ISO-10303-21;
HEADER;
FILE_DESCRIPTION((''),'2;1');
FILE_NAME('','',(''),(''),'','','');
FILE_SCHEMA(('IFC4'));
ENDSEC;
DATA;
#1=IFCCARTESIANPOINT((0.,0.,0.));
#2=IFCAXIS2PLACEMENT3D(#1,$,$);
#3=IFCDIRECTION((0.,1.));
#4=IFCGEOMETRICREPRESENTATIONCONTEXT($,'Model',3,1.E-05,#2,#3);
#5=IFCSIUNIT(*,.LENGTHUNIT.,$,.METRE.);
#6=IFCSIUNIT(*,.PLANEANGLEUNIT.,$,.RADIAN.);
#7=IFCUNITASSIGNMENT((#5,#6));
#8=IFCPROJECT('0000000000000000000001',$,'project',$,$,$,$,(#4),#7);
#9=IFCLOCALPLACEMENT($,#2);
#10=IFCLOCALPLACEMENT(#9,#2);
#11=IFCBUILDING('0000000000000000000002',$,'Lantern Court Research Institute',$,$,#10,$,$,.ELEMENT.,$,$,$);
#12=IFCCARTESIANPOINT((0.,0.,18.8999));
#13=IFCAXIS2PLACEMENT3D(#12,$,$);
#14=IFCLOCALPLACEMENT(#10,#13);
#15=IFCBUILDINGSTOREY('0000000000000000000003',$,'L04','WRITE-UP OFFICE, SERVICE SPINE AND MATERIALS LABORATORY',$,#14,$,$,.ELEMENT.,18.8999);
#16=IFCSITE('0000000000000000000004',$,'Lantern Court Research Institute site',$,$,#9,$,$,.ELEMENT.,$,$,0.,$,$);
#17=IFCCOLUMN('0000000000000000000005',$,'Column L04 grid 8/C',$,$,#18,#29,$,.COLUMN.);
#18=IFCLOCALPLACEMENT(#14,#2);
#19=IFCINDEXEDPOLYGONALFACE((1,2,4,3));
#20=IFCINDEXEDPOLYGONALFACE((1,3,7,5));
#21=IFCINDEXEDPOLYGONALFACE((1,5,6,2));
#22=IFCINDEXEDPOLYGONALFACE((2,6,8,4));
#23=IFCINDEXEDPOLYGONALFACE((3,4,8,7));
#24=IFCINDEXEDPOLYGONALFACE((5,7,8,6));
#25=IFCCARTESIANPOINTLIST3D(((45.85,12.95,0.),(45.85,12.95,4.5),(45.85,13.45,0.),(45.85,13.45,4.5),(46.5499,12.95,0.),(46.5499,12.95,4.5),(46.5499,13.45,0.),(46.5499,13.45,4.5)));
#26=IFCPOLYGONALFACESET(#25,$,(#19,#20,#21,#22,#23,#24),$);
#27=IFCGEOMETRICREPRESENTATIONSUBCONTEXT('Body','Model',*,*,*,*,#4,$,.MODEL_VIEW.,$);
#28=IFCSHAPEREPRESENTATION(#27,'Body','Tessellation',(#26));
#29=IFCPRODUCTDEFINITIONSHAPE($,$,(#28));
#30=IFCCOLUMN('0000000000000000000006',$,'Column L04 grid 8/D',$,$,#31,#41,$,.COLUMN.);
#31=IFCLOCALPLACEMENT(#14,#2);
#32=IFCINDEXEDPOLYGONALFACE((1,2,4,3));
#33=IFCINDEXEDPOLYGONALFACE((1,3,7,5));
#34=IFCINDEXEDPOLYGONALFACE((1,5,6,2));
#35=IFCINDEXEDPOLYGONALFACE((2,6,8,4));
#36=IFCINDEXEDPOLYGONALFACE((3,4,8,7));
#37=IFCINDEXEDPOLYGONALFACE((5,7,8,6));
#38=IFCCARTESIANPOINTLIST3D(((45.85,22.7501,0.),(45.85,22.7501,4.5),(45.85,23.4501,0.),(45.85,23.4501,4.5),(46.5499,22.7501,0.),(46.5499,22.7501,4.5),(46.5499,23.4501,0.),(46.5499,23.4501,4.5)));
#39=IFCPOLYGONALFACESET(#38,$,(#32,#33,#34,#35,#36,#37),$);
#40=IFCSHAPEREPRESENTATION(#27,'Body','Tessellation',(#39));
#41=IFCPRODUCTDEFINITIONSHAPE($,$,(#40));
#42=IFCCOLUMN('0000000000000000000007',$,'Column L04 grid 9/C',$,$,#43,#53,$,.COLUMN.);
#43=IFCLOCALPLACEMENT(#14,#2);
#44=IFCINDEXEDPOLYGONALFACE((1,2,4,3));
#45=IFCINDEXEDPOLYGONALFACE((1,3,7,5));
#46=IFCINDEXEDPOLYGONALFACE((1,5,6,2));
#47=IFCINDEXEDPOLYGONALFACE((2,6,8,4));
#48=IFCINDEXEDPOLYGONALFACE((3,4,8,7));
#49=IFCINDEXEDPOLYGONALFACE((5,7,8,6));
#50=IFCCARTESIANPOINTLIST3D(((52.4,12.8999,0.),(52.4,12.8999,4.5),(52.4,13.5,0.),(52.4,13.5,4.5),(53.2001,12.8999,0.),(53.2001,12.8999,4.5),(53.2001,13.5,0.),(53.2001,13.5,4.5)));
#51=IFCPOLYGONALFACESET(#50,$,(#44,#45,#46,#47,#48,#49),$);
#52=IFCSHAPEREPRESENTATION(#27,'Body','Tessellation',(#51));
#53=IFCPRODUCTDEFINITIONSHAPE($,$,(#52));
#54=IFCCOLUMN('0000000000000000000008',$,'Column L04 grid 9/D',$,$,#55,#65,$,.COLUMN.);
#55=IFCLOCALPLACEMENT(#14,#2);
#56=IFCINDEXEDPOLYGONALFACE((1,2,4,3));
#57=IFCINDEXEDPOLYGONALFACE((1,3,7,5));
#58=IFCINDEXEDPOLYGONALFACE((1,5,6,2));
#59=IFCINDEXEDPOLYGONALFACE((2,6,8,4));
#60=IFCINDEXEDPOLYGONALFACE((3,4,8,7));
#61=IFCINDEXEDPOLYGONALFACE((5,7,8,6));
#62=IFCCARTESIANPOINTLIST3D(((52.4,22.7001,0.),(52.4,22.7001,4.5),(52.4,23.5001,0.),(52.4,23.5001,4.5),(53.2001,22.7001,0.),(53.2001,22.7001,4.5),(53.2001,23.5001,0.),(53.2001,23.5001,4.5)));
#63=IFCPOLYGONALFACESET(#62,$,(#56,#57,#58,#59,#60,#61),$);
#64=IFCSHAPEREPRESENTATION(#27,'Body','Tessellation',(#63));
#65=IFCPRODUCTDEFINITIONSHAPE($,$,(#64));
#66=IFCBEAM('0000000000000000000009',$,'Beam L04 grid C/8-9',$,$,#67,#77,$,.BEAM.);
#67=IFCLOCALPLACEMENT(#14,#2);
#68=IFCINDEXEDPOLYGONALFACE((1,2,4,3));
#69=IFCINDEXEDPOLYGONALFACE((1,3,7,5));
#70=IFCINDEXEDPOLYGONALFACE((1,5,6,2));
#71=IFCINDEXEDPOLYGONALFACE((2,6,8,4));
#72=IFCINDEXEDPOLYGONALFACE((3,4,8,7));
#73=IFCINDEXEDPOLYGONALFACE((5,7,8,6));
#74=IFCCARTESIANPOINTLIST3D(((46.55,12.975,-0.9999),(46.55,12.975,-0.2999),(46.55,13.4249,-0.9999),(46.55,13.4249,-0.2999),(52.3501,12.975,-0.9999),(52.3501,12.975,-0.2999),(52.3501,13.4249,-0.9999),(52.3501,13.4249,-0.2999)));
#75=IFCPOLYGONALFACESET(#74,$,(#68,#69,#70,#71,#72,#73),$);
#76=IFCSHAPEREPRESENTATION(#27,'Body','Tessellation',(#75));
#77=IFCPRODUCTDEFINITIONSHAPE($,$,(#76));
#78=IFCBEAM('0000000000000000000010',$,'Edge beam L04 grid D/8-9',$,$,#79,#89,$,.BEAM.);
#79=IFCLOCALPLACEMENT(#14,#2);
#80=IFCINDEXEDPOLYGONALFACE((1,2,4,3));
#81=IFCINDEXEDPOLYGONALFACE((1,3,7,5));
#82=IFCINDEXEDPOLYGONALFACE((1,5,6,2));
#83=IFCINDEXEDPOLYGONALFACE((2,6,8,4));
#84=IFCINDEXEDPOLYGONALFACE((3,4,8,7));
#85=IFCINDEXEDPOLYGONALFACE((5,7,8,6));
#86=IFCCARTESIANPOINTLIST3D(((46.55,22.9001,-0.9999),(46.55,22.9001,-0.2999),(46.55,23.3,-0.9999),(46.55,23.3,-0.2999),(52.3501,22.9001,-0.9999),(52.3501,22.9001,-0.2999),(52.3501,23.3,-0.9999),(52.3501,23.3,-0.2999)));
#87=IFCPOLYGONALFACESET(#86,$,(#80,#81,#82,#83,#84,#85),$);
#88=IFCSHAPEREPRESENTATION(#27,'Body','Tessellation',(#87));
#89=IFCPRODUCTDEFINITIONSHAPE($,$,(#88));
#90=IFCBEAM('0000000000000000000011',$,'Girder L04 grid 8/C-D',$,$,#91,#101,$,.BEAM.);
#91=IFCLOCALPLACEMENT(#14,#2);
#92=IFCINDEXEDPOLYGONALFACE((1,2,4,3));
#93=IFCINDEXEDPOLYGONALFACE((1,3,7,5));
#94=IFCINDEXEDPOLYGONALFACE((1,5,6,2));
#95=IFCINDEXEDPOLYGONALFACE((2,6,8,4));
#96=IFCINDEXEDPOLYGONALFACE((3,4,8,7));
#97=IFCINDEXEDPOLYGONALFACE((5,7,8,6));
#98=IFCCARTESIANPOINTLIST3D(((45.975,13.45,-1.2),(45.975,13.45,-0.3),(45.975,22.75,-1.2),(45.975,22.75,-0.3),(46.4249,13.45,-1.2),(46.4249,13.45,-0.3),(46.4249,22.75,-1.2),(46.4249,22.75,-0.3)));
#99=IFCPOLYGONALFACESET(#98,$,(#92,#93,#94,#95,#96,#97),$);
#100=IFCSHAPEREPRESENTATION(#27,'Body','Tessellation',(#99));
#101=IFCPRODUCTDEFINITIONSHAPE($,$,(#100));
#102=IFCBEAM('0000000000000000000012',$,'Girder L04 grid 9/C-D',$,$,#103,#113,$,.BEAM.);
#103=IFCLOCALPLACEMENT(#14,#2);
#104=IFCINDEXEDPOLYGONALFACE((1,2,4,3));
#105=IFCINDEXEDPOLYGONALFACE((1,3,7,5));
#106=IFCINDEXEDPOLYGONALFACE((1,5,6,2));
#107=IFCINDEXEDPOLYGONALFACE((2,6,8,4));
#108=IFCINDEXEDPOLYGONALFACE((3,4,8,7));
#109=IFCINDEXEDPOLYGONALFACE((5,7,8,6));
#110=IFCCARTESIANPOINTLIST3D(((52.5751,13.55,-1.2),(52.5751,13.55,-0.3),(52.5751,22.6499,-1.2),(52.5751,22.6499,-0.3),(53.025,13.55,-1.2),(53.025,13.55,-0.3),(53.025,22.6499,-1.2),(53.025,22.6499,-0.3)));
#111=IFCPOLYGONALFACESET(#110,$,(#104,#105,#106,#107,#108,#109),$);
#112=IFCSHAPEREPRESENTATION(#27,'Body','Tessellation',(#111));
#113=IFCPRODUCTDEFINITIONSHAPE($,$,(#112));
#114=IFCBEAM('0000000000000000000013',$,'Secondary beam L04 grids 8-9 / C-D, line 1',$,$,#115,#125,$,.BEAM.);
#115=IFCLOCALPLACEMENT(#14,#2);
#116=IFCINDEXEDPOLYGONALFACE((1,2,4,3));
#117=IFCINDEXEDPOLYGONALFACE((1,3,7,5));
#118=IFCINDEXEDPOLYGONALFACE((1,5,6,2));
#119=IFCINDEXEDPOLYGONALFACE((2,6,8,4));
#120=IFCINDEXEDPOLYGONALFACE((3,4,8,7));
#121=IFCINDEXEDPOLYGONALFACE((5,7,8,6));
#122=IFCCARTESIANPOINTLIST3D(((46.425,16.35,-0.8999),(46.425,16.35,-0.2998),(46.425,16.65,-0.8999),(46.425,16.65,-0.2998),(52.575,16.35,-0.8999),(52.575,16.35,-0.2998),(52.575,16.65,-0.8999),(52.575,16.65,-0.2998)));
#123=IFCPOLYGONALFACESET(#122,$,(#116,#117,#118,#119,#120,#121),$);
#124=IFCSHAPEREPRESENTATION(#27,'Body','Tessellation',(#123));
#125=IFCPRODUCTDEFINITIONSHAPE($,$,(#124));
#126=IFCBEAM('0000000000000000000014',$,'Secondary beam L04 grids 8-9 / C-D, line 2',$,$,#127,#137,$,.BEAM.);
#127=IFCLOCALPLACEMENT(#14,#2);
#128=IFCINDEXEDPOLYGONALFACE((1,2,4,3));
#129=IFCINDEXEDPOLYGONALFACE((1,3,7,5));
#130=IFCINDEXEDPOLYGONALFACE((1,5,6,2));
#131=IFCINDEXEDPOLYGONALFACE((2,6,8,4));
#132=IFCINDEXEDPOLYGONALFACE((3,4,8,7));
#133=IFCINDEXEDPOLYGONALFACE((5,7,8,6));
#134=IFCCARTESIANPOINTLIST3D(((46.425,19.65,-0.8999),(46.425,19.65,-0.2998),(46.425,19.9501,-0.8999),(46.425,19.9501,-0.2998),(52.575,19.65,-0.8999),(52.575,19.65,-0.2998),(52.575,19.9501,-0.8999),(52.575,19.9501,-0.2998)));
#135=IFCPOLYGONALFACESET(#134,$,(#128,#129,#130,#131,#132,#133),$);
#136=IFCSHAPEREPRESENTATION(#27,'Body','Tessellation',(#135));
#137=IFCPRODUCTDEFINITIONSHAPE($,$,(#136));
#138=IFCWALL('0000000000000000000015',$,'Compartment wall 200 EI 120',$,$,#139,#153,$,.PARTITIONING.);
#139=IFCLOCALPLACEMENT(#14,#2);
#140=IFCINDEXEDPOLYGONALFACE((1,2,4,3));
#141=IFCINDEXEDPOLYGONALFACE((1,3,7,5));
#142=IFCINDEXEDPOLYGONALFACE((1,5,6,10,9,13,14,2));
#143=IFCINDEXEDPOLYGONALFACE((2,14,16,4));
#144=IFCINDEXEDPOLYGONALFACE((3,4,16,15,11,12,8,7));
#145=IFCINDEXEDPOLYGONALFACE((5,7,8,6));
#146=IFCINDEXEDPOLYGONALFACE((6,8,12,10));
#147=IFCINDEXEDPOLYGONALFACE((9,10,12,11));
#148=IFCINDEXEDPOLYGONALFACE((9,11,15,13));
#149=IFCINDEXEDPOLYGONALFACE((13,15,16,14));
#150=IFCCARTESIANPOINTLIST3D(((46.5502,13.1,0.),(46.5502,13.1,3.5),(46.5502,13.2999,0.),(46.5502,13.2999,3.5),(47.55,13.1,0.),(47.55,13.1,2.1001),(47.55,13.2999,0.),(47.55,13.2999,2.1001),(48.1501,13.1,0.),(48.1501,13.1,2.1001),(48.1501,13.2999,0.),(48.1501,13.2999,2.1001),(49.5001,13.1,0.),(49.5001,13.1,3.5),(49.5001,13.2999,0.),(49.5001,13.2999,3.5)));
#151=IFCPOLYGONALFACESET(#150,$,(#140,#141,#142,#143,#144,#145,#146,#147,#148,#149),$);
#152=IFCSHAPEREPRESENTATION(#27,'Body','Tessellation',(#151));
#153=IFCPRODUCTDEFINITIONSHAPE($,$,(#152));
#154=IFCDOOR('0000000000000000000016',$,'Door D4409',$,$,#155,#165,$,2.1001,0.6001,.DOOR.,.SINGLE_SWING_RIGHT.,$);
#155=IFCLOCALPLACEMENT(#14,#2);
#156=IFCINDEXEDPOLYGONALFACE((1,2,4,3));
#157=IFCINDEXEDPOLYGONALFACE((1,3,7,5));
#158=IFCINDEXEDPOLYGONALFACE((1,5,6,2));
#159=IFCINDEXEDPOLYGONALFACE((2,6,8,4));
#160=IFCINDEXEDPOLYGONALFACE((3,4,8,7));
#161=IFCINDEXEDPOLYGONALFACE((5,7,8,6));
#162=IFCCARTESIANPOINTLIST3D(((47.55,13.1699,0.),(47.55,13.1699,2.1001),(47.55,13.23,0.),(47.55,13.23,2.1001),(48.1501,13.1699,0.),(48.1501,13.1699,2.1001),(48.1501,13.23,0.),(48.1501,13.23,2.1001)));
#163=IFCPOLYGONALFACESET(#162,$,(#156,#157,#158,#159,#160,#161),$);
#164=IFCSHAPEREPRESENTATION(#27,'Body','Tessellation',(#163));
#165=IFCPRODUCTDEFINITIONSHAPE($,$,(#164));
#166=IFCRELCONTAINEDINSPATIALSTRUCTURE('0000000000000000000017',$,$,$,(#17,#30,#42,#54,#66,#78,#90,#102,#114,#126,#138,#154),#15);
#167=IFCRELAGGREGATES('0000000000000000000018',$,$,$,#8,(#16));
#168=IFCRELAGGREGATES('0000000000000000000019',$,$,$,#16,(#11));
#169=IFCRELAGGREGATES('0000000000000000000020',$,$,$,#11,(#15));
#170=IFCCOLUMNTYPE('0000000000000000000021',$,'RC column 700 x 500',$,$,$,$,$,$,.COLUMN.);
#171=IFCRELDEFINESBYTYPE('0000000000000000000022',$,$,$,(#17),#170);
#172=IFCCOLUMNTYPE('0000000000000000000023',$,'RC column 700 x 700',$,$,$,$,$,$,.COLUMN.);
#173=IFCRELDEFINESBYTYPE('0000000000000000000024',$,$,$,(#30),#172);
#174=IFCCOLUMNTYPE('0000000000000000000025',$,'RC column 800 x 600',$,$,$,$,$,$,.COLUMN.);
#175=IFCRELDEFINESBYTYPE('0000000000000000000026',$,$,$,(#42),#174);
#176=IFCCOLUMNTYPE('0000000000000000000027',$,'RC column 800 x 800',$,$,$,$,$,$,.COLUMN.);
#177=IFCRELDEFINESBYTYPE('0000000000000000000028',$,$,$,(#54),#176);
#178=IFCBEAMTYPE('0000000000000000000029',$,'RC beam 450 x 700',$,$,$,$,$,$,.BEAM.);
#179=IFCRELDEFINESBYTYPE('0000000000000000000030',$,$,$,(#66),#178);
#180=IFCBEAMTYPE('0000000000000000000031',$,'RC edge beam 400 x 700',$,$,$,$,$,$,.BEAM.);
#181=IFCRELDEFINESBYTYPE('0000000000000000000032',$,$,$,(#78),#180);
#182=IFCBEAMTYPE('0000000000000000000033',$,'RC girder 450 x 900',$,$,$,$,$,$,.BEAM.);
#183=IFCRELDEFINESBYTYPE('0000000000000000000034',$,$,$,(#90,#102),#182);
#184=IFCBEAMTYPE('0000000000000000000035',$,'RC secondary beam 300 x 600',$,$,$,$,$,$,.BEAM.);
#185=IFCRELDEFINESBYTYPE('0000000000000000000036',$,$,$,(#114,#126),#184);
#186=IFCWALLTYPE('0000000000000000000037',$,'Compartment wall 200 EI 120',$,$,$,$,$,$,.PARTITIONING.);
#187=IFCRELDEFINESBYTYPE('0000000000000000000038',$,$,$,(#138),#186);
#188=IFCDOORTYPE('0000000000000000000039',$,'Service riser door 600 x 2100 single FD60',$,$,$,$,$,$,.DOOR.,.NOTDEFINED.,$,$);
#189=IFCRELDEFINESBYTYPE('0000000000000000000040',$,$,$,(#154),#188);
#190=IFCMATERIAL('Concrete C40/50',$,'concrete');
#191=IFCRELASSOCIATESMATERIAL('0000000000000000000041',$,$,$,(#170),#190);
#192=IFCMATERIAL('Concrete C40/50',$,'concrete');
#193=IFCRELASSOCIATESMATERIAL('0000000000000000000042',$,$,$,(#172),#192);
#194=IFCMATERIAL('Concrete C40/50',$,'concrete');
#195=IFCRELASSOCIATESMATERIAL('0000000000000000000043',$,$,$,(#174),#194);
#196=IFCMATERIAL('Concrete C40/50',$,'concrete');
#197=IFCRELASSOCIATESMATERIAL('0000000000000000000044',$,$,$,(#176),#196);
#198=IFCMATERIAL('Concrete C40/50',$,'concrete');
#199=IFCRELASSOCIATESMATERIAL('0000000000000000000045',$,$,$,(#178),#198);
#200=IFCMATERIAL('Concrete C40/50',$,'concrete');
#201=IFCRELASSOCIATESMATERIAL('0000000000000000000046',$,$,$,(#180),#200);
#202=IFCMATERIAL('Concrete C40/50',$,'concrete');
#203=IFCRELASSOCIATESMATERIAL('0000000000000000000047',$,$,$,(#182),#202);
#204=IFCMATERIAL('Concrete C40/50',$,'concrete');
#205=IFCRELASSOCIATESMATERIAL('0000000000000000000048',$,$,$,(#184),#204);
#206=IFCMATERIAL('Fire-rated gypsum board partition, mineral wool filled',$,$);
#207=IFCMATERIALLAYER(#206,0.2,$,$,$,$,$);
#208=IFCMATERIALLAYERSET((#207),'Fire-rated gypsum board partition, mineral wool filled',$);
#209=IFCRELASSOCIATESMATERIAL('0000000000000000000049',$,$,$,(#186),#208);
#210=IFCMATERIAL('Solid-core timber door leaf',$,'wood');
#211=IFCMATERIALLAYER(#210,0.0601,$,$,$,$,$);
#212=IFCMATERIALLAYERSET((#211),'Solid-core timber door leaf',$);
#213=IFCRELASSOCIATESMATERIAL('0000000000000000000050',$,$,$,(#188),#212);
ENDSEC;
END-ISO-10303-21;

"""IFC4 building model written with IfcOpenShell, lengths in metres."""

from ifc_helpers import new_model, si_unit, direction, frame, frame_2d, origin, origin_2d, place, context, subcontext, project, spatial, rectangle, extrude, material, layer, layer_set, material_profile, profile_set, type_object, element, fill, save


model = new_model("IFC4")

# Units and contexts
model_context = context("Model", 3, precision=1e-05, world=origin(), true_north=direction((0.0, 1.0)))
body_context = subcontext(model_context, "Body", "Model", "MODEL_VIEW")
ifc_project = project(units=[si_unit("LENGTHUNIT", "METRE"), si_unit("PLANEANGLEUNIT", "RADIAN")], contexts=[model_context])

# Site, building, storey
site_placement = place(None, origin())
site = spatial("IfcSite", under=ifc_project, at=site_placement, Name="Lantern Court Research Institute site", CompositionType="ELEMENT", RefElevation=0.0)
building_placement = place(site_placement, origin())
building = spatial("IfcBuilding", under=site, at=building_placement, Name="Lantern Court Research Institute", CompositionType="ELEMENT")
storey_placement = place(building_placement, frame((0.0, 0.0, 18.8999)))
storey = spatial("IfcBuildingStorey", under=building, at=storey_placement, Name="L04", Description="WRITE-UP OFFICE, SERVICE SPINE AND MATERIALS LABORATORY", CompositionType="ELEMENT", Elevation=18.8999)

# Columns
ifc_material_1 = material(Name="Concrete C40/50", Category="concrete")
ifc_material_profile_1 = material_profile(ifc_material_1, rectangle(XDim=0.7, YDim=0.5, at=origin_2d()), Name="RC column 700 x 500")
ifc_profile_set_1 = profile_set([ifc_material_profile_1], Name="Concrete C40/50")
column_type_1 = type_object("IfcColumnType", Name="RC column 700 x 500", PredefinedType="COLUMN", material=ifc_profile_set_1)
column_1_placement = place(storey_placement, frame((46.2, 13.2, 0.0), z_axis=(0.0, 0.0, 1.0), x_axis=(1.0, 0.0, 0.0)))
element("IfcColumn", 1, at=column_1_placement, inside=storey, type_object=column_type_1, Name="Column L04 grid 8/C", PredefinedType="COLUMN", context=body_context, shape_type="SweptSolid", body=[
    extrude(rectangle(XDim=0.7, YDim=0.5, at=origin_2d()), origin(), (0.0, 0.0, 1.0), 4.5),
])
ifc_material_2 = material(Name="Concrete C40/50", Category="concrete")
ifc_material_profile_2 = material_profile(ifc_material_2, rectangle(XDim=0.7, YDim=0.7, at=origin_2d()), Name="RC column 700 x 700")
ifc_profile_set_2 = profile_set([ifc_material_profile_2], Name="Concrete C40/50")
column_type_2 = type_object("IfcColumnType", Name="RC column 700 x 700", PredefinedType="COLUMN", material=ifc_profile_set_2)
column_2_placement = place(storey_placement, frame((46.2, 23.1001, 0.0), z_axis=(0.0, 0.0, 1.0), x_axis=(1.0, 0.0, 0.0)))
element("IfcColumn", 2, at=column_2_placement, inside=storey, type_object=column_type_2, Name="Column L04 grid 8/D", PredefinedType="COLUMN", context=body_context, shape_type="SweptSolid", body=[
    extrude(rectangle(XDim=0.7, YDim=0.7, at=origin_2d()), origin(), (0.0, 0.0, 1.0), 4.5),
])
ifc_material_3 = material(Name="Concrete C40/50", Category="concrete")
ifc_material_profile_3 = material_profile(ifc_material_3, rectangle(XDim=0.8, YDim=0.6001, at=origin_2d()), Name="RC column 800 x 600")
ifc_profile_set_3 = profile_set([ifc_material_profile_3], Name="Concrete C40/50")
column_type_3 = type_object("IfcColumnType", Name="RC column 800 x 600", PredefinedType="COLUMN", material=ifc_profile_set_3)
column_3_placement = place(storey_placement, frame((52.8, 13.2, 0.0), z_axis=(0.0, 0.0, 1.0), x_axis=(1.0, 0.0, 0.0)))
element("IfcColumn", 3, at=column_3_placement, inside=storey, type_object=column_type_3, Name="Column L04 grid 9/C", PredefinedType="COLUMN", context=body_context, shape_type="SweptSolid", body=[
    extrude(rectangle(XDim=0.8, YDim=0.6001, at=origin_2d()), origin(), (0.0, 0.0, 1.0), 4.5),
])
ifc_material_4 = material(Name="Concrete C40/50", Category="concrete")
ifc_material_profile_4 = material_profile(ifc_material_4, rectangle(XDim=0.8, YDim=0.8, at=origin_2d()), Name="RC column 800 x 800")
ifc_profile_set_4 = profile_set([ifc_material_profile_4], Name="Concrete C40/50")
column_type_4 = type_object("IfcColumnType", Name="RC column 800 x 800", PredefinedType="COLUMN", material=ifc_profile_set_4)
column_4_placement = place(storey_placement, frame((52.8, 23.1001, 0.0), z_axis=(0.0, 0.0, 1.0), x_axis=(1.0, 0.0, 0.0)))
element("IfcColumn", 4, at=column_4_placement, inside=storey, type_object=column_type_4, Name="Column L04 grid 9/D", PredefinedType="COLUMN", context=body_context, shape_type="SweptSolid", body=[
    extrude(rectangle(XDim=0.8, YDim=0.8, at=origin_2d()), origin(), (0.0, 0.0, 1.0), 4.5),
])

# Beams
ifc_material_5 = material(Name="Concrete C40/50", Category="concrete")
ifc_material_profile_5 = material_profile(ifc_material_5, rectangle(XDim=0.45, YDim=0.7, at=origin_2d()), Name="RC beam 450 x 700")
ifc_profile_set_5 = profile_set([ifc_material_profile_5], Name="Concrete C40/50")
beam_type_1 = type_object("IfcBeamType", Name="RC beam 450 x 700", PredefinedType="BEAM", material=ifc_profile_set_5)
beam_1_placement = place(storey_placement, frame((46.55, 13.2, -0.6499), z_axis=(1.0, 0.0, 0.0), x_axis=(0.0, 1.0, 0.0)))
element("IfcBeam", 5, at=beam_1_placement, inside=storey, type_object=beam_type_1, Name="Beam L04 grid C/8-9", PredefinedType="BEAM", context=body_context, shape_type="SweptSolid", body=[
    extrude(rectangle(XDim=0.45, YDim=0.7, at=origin_2d()), origin(), (0.0, 0.0, 1.0), 5.8),
])
ifc_material_6 = material(Name="Concrete C40/50", Category="concrete")
ifc_material_profile_6 = material_profile(ifc_material_6, rectangle(XDim=0.3999, YDim=0.7, at=origin_2d()), Name="RC beam 400 x 700")
ifc_profile_set_6 = profile_set([ifc_material_profile_6], Name="Concrete C40/50")
beam_type_2 = type_object("IfcBeamType", Name="RC edge beam 400 x 700", PredefinedType="BEAM", material=ifc_profile_set_6)
beam_2_placement = place(storey_placement, frame((46.55, 23.1001, -0.6499), z_axis=(1.0, 0.0, 0.0), x_axis=(0.0, 1.0, 0.0)))
element("IfcBeam", 6, at=beam_2_placement, inside=storey, type_object=beam_type_2, Name="Edge beam L04 grid D/8-9", PredefinedType="BEAM", context=body_context, shape_type="SweptSolid", body=[
    extrude(rectangle(XDim=0.3999, YDim=0.7, at=origin_2d()), origin(), (0.0, 0.0, 1.0), 5.8),
])
ifc_material_7 = material(Name="Concrete C40/50", Category="concrete")
ifc_material_profile_7 = material_profile(ifc_material_7, rectangle(XDim=0.45, YDim=0.8999, at=origin_2d()), Name="RC beam 450 x 900")
ifc_profile_set_7 = profile_set([ifc_material_profile_7], Name="Concrete C40/50")
beam_type_3 = type_object("IfcBeamType", Name="RC girder 450 x 900", PredefinedType="BEAM", material=ifc_profile_set_7)
beam_3_placement = place(storey_placement, frame((46.2, 13.45, -0.75), z_axis=(0.0, 1.0, 0.0), x_axis=(-1.0, 0.0, 0.0)))
element("IfcBeam", 7, at=beam_3_placement, inside=storey, type_object=beam_type_3, Name="Girder L04 grid 8/C-D", PredefinedType="BEAM", context=body_context, shape_type="SweptSolid", body=[
    extrude(rectangle(XDim=0.45, YDim=0.8999, at=origin_2d()), origin(), (0.0, 0.0, 1.0), 9.3),
])
beam_4_placement = place(storey_placement, frame((52.8, 13.55, -0.75), z_axis=(0.0, 1.0, 0.0), x_axis=(-1.0, 0.0, 0.0)))
element("IfcBeam", 8, at=beam_4_placement, inside=storey, type_object=beam_type_3, Name="Girder L04 grid 9/C-D", PredefinedType="BEAM", context=body_context, shape_type="SweptSolid", body=[
    extrude(rectangle(XDim=0.45, YDim=0.8999, at=origin_2d()), origin(), (0.0, 0.0, 1.0), 9.0999),
])
ifc_material_8 = material(Name="Concrete C40/50", Category="concrete")
ifc_material_profile_8 = material_profile(ifc_material_8, rectangle(XDim=0.3, YDim=0.6001, at=origin_2d()), Name="RC beam 300 x 600")
ifc_profile_set_8 = profile_set([ifc_material_profile_8], Name="Concrete C40/50")
beam_type_4 = type_object("IfcBeamType", Name="RC secondary beam 300 x 600", PredefinedType="BEAM", material=ifc_profile_set_8)
for number, where, z_axis, x_axis, name in (
    (9, (46.425, 16.5, -0.5999), (1.0, 0.0, 0.0), (0.0, 1.0, 0.0), "Secondary beam L04 grids 8-9 / C-D, line 1"),
    (10, (46.425, 19.8, -0.5999), (1.0, 0.0, 0.0), (0.0, 1.0, 0.0), "Secondary beam L04 grids 8-9 / C-D, line 2"),
):
    element("IfcBeam", number, at=place(storey_placement, frame(where, z_axis=z_axis, x_axis=x_axis)), inside=storey, type_object=beam_type_4, Name=name, PredefinedType="BEAM", context=body_context, shape_type="SweptSolid", body=[
        extrude(rectangle(XDim=0.3, YDim=0.6001, at=origin_2d()), origin(), (0.0, 0.0, 1.0), 6.1499),
    ])

# Wall, opening, door
ifc_material_9 = material(Name="Fire-rated gypsum board partition, mineral wool filled")
ifc_layer_1 = layer(ifc_material_9, 0.2)
ifc_layer_set_1 = layer_set([ifc_layer_1], Name="Fire-rated gypsum board partition, mineral wool filled")
wall_type_1 = type_object("IfcWallType", Name="Compartment wall 200 EI 120", PredefinedType="PARTITIONING", material=ifc_layer_set_1)
wall_1_placement = place(storey_placement, frame((46.55, 13.2, 0.0), z_axis=(0.0, 0.0, 1.0), x_axis=(1.0, 0.0, 0.0)))
wall_1 = element("IfcWall", 11, at=wall_1_placement, inside=storey, type_object=wall_type_1, Name="Compartment wall 200 EI 120", PredefinedType="PARTITIONING", context=body_context, shape_type="SweptSolid", body=[
    extrude(rectangle(XDim=2.95, YDim=0.2, at=frame_2d((1.4751, 0.0))), origin(), (0.0, 0.0, 1.0), 3.5),
])
opening_1_placement = place(wall_1_placement, frame((1.0, 0.0, 0.0)))
opening_1 = element("IfcOpeningElement", 12, at=opening_1_placement, cuts=wall_1, PredefinedType="OPENING", context=body_context, shape_type="SweptSolid", body=[
    extrude(rectangle(XDim=0.6001, YDim=2.1001, at=frame_2d((0.3, 1.05))), frame((0.0, 0.1099, 0.0), z_axis=(0.0, -1.0, 0.0), x_axis=(1.0, 0.0, 0.0)), (0.0, 0.0, 1.0), 0.22),
])
ifc_material_10 = material(Name="Solid-core timber door leaf", Category="wood")
ifc_layer_2 = layer(ifc_material_10, 0.0601)
ifc_layer_set_2 = layer_set([ifc_layer_2], Name="Solid-core timber door leaf")
door_type_1 = type_object("IfcDoorType", Name="Service riser door 600 x 2100 single FD60", OperationType="NOTDEFINED", PredefinedType="DOOR", material=ifc_layer_set_2)
door_1_placement = place(opening_1_placement, origin())
door_1 = element("IfcDoor", 13, at=door_1_placement, inside=storey, type_object=door_type_1, Name="Door D4409", OperationType="SINGLE_SWING_RIGHT", OverallHeight=2.1001, OverallWidth=0.6001, PredefinedType="DOOR", context=body_context, shape_type="SweptSolid", body=[
    extrude(rectangle(XDim=0.6001, YDim=2.1001, at=frame_2d((0.3, 1.05))), frame((0.0, 0.03, 0.0), z_axis=(0.0, -1.0, 0.0), x_axis=(1.0, 0.0, 0.0)), (0.0, 0.0, 1.0), 0.0601),
])
fill(opening_1, door_1)

save(model, "model.ifc")
